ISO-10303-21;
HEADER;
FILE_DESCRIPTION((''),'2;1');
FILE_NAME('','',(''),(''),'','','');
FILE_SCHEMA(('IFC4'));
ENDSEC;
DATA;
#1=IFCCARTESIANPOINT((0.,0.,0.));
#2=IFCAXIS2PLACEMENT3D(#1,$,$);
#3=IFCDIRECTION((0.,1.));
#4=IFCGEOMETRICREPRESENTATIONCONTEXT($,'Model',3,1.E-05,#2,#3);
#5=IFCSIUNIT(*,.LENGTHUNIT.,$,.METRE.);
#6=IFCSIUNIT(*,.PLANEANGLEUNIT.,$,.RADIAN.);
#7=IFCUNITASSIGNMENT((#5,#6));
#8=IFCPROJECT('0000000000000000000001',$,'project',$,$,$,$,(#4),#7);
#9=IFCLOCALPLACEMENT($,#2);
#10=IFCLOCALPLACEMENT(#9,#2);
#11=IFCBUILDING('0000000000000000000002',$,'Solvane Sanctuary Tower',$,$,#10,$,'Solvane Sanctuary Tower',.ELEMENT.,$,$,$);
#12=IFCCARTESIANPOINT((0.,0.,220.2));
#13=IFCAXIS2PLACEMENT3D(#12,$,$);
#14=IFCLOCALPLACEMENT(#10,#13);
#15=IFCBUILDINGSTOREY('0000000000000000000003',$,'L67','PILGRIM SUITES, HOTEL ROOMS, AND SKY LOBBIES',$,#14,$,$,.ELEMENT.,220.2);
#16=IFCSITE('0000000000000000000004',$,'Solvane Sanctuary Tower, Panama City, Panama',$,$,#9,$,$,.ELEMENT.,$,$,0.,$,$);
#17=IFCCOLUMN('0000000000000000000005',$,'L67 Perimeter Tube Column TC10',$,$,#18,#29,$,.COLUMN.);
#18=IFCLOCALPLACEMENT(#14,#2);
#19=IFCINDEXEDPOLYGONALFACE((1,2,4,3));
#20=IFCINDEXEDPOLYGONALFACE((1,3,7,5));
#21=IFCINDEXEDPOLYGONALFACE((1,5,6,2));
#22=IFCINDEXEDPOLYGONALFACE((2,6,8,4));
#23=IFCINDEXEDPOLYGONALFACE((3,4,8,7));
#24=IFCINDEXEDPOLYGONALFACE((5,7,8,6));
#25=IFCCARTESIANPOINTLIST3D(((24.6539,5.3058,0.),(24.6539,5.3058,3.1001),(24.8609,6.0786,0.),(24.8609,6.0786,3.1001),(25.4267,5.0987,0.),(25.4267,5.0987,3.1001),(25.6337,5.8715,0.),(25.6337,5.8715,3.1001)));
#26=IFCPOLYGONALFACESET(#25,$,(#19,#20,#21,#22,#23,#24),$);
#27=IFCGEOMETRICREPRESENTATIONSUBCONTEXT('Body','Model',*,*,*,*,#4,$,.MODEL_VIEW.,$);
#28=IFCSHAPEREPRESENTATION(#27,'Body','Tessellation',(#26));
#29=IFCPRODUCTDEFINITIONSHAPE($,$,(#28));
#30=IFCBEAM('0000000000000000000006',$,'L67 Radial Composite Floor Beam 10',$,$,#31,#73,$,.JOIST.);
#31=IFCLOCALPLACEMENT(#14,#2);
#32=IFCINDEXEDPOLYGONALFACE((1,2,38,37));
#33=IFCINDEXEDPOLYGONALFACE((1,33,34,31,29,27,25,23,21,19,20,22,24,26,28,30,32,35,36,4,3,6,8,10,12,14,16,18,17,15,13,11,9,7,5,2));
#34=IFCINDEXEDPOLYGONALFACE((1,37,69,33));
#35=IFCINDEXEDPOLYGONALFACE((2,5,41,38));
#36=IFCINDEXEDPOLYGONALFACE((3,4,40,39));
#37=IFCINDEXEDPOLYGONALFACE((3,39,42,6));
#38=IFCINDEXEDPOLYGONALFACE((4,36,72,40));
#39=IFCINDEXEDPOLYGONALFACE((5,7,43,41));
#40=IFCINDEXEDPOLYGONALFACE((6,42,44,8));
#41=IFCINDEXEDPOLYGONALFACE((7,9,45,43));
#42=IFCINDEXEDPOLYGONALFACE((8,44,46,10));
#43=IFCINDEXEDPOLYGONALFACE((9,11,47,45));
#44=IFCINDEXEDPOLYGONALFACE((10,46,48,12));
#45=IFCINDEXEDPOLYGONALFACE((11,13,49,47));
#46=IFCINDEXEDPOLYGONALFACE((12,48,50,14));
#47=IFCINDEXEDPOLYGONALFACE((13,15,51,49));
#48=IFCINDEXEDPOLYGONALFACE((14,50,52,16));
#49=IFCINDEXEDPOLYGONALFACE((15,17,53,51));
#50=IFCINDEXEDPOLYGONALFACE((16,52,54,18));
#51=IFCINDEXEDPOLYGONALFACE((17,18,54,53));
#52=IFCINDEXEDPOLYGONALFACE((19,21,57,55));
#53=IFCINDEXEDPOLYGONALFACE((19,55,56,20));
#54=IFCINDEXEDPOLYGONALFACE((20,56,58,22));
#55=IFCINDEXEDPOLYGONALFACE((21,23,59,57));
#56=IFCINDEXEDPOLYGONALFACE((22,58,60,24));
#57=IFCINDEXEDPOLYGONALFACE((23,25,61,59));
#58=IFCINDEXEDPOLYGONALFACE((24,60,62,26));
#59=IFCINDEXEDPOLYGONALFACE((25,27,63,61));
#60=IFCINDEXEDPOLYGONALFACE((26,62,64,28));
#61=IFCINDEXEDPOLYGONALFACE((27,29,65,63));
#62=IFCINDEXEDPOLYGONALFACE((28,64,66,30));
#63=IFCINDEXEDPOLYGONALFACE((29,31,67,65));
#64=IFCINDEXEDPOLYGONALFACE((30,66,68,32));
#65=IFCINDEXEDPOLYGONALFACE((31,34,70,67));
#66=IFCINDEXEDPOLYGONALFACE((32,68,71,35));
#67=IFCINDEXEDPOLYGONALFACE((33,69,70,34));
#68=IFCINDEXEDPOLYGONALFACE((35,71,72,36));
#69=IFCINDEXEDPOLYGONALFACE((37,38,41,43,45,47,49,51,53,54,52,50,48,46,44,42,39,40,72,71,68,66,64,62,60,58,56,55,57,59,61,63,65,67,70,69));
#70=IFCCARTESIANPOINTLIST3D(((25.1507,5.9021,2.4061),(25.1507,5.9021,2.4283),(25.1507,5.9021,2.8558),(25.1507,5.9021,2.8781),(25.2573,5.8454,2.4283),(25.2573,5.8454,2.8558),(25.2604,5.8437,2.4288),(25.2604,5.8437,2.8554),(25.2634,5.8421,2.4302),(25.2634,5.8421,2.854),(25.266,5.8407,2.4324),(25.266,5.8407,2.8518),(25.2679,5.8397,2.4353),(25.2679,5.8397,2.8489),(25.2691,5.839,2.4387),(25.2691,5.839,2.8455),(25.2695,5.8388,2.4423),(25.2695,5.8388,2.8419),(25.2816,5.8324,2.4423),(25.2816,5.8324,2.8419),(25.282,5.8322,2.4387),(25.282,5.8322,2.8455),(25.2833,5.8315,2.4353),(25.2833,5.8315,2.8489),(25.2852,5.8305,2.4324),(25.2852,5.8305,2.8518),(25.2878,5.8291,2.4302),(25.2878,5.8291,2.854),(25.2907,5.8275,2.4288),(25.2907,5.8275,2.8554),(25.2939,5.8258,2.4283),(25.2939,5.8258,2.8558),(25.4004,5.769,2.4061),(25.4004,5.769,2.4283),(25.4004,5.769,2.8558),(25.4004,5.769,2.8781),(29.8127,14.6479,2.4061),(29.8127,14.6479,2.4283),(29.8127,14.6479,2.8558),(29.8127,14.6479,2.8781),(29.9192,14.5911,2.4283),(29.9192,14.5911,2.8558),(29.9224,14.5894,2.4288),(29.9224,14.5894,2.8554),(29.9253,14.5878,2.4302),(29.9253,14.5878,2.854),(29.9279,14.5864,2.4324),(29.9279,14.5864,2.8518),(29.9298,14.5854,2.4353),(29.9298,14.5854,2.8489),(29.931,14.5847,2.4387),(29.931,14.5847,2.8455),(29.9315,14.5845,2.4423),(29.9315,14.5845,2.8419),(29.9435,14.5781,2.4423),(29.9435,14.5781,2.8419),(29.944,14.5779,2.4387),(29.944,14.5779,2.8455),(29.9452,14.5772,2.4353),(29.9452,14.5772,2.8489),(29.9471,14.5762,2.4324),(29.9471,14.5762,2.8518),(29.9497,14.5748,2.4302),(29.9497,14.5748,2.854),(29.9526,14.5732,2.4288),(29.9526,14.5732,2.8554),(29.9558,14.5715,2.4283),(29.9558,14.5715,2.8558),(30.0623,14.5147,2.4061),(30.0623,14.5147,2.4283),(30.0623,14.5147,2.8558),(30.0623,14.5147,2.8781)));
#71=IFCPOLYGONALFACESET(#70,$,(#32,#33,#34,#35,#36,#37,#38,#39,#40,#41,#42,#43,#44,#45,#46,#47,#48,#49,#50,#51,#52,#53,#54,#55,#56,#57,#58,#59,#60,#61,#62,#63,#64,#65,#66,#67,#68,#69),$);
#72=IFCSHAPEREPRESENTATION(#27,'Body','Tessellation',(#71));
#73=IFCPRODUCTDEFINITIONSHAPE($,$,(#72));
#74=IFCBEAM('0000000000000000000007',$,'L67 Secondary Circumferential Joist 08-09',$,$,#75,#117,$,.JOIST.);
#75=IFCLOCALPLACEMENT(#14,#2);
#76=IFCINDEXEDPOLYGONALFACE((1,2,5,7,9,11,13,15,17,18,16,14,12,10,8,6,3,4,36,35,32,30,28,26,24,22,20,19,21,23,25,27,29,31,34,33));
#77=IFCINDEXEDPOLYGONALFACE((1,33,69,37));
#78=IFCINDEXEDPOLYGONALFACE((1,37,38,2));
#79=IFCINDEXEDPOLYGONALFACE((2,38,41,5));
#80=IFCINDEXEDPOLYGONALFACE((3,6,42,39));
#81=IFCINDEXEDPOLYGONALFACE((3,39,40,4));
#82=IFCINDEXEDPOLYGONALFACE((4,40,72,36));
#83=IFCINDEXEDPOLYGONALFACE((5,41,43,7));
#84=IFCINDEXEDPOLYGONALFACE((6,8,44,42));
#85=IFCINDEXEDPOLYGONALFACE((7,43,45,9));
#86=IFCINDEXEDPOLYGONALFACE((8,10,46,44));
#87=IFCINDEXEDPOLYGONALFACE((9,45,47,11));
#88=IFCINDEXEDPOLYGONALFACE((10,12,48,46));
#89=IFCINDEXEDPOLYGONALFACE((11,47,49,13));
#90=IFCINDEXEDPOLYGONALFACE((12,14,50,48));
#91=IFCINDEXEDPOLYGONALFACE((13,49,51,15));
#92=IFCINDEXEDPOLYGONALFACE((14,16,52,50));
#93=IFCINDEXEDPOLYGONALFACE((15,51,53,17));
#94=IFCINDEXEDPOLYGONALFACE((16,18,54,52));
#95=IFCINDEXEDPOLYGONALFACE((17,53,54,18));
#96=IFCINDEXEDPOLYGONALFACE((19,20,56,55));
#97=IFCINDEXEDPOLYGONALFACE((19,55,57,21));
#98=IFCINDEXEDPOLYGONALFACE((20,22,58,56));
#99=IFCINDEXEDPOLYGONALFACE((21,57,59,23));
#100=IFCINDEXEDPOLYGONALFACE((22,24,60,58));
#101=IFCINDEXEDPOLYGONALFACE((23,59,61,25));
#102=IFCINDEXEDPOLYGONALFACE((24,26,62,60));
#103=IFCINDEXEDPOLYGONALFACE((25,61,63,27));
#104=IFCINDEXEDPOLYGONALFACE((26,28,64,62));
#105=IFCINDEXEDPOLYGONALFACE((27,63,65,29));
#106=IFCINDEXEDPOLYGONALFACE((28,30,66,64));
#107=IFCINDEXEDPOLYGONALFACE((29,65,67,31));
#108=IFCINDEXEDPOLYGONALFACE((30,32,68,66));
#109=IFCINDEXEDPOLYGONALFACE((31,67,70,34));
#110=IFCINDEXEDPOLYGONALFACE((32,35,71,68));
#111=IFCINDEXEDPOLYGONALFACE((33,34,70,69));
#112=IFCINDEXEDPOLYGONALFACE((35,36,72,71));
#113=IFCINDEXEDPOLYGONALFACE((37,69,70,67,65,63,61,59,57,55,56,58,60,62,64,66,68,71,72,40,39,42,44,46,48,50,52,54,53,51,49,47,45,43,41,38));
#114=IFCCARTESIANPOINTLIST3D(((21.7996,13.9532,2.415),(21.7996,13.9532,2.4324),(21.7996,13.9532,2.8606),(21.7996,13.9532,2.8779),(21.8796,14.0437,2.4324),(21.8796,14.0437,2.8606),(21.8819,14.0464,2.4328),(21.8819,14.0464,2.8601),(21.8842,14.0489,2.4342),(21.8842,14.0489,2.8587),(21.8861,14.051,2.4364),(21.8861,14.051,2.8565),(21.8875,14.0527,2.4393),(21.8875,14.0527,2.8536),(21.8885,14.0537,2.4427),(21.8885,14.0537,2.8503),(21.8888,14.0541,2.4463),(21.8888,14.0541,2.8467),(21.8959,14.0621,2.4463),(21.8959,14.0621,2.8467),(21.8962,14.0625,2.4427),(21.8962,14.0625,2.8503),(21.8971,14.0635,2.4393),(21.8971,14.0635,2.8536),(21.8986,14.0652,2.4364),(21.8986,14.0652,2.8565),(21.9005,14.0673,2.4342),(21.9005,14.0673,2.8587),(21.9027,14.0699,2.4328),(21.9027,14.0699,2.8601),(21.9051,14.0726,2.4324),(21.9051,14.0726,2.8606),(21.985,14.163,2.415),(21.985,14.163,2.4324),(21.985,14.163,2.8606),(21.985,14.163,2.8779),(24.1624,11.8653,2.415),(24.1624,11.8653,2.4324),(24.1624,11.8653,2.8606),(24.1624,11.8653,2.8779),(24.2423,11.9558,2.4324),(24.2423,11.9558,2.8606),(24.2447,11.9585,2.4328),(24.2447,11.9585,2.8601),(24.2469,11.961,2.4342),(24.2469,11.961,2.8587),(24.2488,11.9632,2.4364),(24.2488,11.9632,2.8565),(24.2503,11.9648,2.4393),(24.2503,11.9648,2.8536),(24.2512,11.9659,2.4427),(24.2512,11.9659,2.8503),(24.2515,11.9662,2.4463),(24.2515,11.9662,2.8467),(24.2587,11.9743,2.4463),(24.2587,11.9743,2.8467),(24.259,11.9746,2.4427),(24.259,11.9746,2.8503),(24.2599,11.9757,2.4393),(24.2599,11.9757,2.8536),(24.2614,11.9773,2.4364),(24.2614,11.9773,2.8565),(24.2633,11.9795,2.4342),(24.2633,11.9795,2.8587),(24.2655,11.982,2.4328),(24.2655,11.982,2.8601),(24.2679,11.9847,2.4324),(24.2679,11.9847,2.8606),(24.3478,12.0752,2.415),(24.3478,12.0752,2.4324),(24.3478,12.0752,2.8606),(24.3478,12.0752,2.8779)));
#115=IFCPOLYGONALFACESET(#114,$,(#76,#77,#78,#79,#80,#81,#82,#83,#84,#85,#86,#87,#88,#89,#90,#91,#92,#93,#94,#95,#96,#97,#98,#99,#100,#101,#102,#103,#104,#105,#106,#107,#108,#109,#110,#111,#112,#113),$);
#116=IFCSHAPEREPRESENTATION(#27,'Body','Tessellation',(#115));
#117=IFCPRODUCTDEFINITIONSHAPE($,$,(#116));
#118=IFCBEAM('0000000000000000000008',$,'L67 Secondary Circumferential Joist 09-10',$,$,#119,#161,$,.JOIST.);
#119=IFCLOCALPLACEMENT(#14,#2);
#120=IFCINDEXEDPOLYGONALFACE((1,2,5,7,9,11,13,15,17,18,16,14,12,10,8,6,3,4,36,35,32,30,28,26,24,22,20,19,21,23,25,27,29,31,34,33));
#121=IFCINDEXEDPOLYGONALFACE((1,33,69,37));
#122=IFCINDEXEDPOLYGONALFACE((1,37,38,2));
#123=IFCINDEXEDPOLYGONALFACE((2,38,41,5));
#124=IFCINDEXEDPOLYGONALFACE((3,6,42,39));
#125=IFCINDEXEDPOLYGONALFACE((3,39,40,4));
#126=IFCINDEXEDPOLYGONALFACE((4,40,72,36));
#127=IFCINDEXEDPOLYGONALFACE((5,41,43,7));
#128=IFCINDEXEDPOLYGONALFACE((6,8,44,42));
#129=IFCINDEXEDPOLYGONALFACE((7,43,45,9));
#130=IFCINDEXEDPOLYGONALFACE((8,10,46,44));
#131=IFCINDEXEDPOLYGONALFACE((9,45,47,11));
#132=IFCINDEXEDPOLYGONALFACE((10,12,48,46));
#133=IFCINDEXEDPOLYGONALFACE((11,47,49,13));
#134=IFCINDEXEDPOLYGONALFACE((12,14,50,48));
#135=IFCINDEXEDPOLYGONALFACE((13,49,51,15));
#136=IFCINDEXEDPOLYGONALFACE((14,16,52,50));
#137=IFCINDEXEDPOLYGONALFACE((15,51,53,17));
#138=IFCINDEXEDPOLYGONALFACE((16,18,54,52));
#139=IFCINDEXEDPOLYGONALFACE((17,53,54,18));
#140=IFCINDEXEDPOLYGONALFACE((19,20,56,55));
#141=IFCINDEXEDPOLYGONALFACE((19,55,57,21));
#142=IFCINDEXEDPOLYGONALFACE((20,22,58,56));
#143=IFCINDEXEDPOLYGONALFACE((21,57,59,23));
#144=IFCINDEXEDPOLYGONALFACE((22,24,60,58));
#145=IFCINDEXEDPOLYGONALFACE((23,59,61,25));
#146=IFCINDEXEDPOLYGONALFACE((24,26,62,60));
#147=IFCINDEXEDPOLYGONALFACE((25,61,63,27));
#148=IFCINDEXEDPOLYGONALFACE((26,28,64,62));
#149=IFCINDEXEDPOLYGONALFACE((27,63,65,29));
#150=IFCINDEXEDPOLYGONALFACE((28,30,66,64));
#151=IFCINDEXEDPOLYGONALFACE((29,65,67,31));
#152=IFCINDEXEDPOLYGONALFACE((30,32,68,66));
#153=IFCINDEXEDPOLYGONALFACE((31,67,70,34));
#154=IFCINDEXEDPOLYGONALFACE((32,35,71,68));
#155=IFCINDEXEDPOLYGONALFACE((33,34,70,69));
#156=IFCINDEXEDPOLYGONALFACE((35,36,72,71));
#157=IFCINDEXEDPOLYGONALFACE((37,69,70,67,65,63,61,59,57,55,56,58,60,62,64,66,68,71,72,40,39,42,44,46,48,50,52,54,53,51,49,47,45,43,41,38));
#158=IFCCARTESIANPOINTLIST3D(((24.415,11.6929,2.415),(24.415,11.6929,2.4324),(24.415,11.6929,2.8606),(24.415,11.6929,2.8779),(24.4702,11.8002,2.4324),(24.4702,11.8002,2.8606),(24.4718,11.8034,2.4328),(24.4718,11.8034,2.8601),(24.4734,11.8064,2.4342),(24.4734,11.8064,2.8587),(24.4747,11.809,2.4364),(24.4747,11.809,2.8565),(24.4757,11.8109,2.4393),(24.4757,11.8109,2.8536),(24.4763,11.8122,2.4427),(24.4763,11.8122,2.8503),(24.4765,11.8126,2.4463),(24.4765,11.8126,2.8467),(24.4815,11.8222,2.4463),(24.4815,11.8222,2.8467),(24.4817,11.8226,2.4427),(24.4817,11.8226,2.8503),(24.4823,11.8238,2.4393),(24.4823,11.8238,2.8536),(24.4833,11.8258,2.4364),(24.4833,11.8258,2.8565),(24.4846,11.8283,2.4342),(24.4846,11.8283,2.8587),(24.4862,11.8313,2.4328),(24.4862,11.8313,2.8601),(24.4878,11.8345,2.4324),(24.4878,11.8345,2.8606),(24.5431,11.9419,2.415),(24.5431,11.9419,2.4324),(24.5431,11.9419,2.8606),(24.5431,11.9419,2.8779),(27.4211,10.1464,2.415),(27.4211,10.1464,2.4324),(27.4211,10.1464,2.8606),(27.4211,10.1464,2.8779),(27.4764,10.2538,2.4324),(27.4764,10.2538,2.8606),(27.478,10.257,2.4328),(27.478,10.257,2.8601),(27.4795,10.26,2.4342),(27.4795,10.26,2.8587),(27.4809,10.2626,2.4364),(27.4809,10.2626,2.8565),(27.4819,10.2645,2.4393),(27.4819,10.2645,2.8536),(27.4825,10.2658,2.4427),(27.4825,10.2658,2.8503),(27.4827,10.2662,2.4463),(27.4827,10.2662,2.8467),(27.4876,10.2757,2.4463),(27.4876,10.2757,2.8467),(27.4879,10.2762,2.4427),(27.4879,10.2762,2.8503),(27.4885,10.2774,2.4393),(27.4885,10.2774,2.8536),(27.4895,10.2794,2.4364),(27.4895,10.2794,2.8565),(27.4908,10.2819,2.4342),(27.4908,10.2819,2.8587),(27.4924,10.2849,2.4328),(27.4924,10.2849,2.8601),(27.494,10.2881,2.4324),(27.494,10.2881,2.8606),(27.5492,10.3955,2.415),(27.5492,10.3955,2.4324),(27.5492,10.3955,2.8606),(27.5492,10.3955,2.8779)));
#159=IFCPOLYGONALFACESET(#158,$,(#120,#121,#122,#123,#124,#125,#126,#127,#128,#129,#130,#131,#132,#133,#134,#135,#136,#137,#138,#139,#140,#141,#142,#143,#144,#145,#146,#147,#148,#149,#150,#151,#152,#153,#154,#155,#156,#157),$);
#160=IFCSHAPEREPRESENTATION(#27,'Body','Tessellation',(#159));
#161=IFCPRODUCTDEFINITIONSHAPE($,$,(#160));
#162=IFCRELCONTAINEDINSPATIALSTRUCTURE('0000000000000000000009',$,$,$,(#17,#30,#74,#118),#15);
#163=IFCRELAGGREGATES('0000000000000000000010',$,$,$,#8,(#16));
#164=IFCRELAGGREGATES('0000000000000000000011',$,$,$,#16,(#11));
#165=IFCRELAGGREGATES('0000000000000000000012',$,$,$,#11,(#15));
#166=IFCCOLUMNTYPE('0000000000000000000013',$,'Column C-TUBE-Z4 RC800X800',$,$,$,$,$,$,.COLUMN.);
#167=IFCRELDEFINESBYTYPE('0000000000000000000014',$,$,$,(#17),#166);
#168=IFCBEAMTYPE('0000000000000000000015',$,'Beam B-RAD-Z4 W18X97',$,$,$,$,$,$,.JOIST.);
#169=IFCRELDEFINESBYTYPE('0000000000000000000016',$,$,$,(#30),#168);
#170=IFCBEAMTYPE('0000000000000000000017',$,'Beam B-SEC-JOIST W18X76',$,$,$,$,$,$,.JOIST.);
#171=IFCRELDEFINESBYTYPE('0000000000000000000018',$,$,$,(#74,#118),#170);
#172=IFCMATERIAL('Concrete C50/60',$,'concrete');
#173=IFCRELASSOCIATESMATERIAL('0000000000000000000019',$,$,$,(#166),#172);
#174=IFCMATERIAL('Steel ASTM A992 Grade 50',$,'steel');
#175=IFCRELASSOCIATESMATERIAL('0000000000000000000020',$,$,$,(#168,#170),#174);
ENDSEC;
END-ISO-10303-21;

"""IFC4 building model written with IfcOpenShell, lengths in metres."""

from ifc_helpers import new_model, si_unit, direction, frame, origin, origin_2d, place, context, subcontext, project, spatial, rectangle, i_section, extrude, material, material_profile, profile_set, type_object, element, save


model = new_model("IFC4")

# Units and contexts
model_context = context("Model", 3, precision=1e-05, world=origin(), true_north=direction((0.0, 1.0)))
body_context = subcontext(model_context, "Body", "Model", "MODEL_VIEW")
ifc_project = project(units=[si_unit("LENGTHUNIT", "METRE"), si_unit("PLANEANGLEUNIT", "RADIAN")], contexts=[model_context])

# Site, building, storey
site_placement = place(None, origin())
site = spatial("IfcSite", under=ifc_project, at=site_placement, Name="Solvane Sanctuary Tower, Panama City, Panama", CompositionType="ELEMENT", RefElevation=0.0)
building_placement = place(site_placement, origin())
building = spatial("IfcBuilding", under=site, at=building_placement, Name="Solvane Sanctuary Tower", LongName="Solvane Sanctuary Tower", CompositionType="ELEMENT")
storey_placement = place(building_placement, frame((0.0, 0.0, 220.2)))
storey = spatial("IfcBuildingStorey", under=building, at=storey_placement, Name="L67", Description="PILGRIM SUITES, HOTEL ROOMS, AND SKY LOBBIES", CompositionType="ELEMENT", Elevation=220.2)

# Column
ifc_material_1 = material(Name="Concrete C50/60", Category="concrete")
ifc_material_profile_1 = material_profile(ifc_material_1, rectangle(XDim=0.8, YDim=0.8, at=origin_2d()), Name="RC800X800")
ifc_profile_set_1 = profile_set([ifc_material_profile_1], Name="Concrete C50/60")
column_type = type_object("IfcColumnType", Name="Column C-TUBE-Z4 RC800X800", PredefinedType="COLUMN", material=ifc_profile_set_1)
column_placement = place(storey_placement, frame((25.1438, 5.5886, 0.0), z_axis=(0.0, 0.0, 1.0), x_axis=(-0.258819, -0.965926, 0.0)))
element("IfcColumn", 1, at=column_placement, inside=storey, type_object=column_type, Name="L67 Perimeter Tube Column TC10", PredefinedType="COLUMN", context=body_context, shape_type="SweptSolid", body=[
    extrude(rectangle(XDim=0.8, YDim=0.8, at=origin_2d()), origin(), (0.0, 0.0, 1.0), 3.1001),
])

# Beams
ifc_material_2 = material(Name="Steel ASTM A992 Grade 50", Category="steel")
ifc_material_profile_2 = material_profile(ifc_material_2, i_section(OverallWidth=0.283, OverallDepth=0.4719, WebThickness=0.0137, FlangeThickness=0.0222, FilletRadius=0.0139, at=origin_2d()), Name="W18X97")
ifc_profile_set_2 = profile_set([ifc_material_profile_2], Name="Steel ASTM A992 Grade 50")
beam_type_1 = type_object("IfcBeamType", Name="Beam B-RAD-Z4 W18X97", PredefinedType="JOIST", material=ifc_profile_set_2)
beam_1_placement = place(storey_placement, frame((29.9375, 14.5813, 2.6421), z_axis=(-0.470395, -0.882456, 0.0), x_axis=(0.882456, -0.470395, 0.0)))
element("IfcBeam", 2, at=beam_1_placement, inside=storey, type_object=beam_type_1, Name="L67 Radial Composite Floor Beam 10", PredefinedType="JOIST", context=body_context, shape_type="SweptSolid", body=[
    extrude(i_section(OverallWidth=0.283, OverallDepth=0.4719, WebThickness=0.0137, FlangeThickness=0.0222, FilletRadius=0.0139, at=origin_2d()), origin(), (0.0, 0.0, 1.0), 9.9106),
])
ifc_material_profile_3 = material_profile(ifc_material_2, i_section(OverallWidth=0.28, OverallDepth=0.4629, WebThickness=0.0107, FlangeThickness=0.0173, FilletRadius=0.0139, at=origin_2d()), Name="W18X76")
ifc_profile_set_3 = profile_set([ifc_material_profile_3], Name="Steel ASTM A992 Grade 50")
beam_type_2 = type_object("IfcBeamType", Name="Beam B-SEC-JOIST W18X76", PredefinedType="JOIST", material=ifc_profile_set_3)
beam_2_placement = place(storey_placement, frame((21.8923, 14.0581, 2.6465), z_axis=(0.749354, -0.662169, 0.0), x_axis=(0.662169, 0.749354, 0.0)))
element("IfcBeam", 3, at=beam_2_placement, inside=storey, type_object=beam_type_2, Name="L67 Secondary Circumferential Joist 08-09", PredefinedType="JOIST", context=body_context, shape_type="SweptSolid", body=[
    extrude(i_section(OverallWidth=0.28, OverallDepth=0.4629, WebThickness=0.0107, FlangeThickness=0.0173, FilletRadius=0.0139, at=origin_2d()), origin(), (0.0, 0.0, 1.0), 3.1531),
])
beam_3_placement = place(storey_placement, frame((24.479, 11.8174, 2.6465), z_axis=(0.889241, -0.457439, 0.0), x_axis=(0.457439, 0.889241, 0.0)))
element("IfcBeam", 4, at=beam_3_placement, inside=storey, type_object=beam_type_2, Name="L67 Secondary Circumferential Joist 09-10", PredefinedType="JOIST", context=body_context, shape_type="SweptSolid", body=[
    extrude(i_section(OverallWidth=0.28, OverallDepth=0.4629, WebThickness=0.0107, FlangeThickness=0.0173, FilletRadius=0.0139, at=origin_2d()), origin(), (0.0, 0.0, 1.0), 3.3806),
])

save(model, "model.ifc")
